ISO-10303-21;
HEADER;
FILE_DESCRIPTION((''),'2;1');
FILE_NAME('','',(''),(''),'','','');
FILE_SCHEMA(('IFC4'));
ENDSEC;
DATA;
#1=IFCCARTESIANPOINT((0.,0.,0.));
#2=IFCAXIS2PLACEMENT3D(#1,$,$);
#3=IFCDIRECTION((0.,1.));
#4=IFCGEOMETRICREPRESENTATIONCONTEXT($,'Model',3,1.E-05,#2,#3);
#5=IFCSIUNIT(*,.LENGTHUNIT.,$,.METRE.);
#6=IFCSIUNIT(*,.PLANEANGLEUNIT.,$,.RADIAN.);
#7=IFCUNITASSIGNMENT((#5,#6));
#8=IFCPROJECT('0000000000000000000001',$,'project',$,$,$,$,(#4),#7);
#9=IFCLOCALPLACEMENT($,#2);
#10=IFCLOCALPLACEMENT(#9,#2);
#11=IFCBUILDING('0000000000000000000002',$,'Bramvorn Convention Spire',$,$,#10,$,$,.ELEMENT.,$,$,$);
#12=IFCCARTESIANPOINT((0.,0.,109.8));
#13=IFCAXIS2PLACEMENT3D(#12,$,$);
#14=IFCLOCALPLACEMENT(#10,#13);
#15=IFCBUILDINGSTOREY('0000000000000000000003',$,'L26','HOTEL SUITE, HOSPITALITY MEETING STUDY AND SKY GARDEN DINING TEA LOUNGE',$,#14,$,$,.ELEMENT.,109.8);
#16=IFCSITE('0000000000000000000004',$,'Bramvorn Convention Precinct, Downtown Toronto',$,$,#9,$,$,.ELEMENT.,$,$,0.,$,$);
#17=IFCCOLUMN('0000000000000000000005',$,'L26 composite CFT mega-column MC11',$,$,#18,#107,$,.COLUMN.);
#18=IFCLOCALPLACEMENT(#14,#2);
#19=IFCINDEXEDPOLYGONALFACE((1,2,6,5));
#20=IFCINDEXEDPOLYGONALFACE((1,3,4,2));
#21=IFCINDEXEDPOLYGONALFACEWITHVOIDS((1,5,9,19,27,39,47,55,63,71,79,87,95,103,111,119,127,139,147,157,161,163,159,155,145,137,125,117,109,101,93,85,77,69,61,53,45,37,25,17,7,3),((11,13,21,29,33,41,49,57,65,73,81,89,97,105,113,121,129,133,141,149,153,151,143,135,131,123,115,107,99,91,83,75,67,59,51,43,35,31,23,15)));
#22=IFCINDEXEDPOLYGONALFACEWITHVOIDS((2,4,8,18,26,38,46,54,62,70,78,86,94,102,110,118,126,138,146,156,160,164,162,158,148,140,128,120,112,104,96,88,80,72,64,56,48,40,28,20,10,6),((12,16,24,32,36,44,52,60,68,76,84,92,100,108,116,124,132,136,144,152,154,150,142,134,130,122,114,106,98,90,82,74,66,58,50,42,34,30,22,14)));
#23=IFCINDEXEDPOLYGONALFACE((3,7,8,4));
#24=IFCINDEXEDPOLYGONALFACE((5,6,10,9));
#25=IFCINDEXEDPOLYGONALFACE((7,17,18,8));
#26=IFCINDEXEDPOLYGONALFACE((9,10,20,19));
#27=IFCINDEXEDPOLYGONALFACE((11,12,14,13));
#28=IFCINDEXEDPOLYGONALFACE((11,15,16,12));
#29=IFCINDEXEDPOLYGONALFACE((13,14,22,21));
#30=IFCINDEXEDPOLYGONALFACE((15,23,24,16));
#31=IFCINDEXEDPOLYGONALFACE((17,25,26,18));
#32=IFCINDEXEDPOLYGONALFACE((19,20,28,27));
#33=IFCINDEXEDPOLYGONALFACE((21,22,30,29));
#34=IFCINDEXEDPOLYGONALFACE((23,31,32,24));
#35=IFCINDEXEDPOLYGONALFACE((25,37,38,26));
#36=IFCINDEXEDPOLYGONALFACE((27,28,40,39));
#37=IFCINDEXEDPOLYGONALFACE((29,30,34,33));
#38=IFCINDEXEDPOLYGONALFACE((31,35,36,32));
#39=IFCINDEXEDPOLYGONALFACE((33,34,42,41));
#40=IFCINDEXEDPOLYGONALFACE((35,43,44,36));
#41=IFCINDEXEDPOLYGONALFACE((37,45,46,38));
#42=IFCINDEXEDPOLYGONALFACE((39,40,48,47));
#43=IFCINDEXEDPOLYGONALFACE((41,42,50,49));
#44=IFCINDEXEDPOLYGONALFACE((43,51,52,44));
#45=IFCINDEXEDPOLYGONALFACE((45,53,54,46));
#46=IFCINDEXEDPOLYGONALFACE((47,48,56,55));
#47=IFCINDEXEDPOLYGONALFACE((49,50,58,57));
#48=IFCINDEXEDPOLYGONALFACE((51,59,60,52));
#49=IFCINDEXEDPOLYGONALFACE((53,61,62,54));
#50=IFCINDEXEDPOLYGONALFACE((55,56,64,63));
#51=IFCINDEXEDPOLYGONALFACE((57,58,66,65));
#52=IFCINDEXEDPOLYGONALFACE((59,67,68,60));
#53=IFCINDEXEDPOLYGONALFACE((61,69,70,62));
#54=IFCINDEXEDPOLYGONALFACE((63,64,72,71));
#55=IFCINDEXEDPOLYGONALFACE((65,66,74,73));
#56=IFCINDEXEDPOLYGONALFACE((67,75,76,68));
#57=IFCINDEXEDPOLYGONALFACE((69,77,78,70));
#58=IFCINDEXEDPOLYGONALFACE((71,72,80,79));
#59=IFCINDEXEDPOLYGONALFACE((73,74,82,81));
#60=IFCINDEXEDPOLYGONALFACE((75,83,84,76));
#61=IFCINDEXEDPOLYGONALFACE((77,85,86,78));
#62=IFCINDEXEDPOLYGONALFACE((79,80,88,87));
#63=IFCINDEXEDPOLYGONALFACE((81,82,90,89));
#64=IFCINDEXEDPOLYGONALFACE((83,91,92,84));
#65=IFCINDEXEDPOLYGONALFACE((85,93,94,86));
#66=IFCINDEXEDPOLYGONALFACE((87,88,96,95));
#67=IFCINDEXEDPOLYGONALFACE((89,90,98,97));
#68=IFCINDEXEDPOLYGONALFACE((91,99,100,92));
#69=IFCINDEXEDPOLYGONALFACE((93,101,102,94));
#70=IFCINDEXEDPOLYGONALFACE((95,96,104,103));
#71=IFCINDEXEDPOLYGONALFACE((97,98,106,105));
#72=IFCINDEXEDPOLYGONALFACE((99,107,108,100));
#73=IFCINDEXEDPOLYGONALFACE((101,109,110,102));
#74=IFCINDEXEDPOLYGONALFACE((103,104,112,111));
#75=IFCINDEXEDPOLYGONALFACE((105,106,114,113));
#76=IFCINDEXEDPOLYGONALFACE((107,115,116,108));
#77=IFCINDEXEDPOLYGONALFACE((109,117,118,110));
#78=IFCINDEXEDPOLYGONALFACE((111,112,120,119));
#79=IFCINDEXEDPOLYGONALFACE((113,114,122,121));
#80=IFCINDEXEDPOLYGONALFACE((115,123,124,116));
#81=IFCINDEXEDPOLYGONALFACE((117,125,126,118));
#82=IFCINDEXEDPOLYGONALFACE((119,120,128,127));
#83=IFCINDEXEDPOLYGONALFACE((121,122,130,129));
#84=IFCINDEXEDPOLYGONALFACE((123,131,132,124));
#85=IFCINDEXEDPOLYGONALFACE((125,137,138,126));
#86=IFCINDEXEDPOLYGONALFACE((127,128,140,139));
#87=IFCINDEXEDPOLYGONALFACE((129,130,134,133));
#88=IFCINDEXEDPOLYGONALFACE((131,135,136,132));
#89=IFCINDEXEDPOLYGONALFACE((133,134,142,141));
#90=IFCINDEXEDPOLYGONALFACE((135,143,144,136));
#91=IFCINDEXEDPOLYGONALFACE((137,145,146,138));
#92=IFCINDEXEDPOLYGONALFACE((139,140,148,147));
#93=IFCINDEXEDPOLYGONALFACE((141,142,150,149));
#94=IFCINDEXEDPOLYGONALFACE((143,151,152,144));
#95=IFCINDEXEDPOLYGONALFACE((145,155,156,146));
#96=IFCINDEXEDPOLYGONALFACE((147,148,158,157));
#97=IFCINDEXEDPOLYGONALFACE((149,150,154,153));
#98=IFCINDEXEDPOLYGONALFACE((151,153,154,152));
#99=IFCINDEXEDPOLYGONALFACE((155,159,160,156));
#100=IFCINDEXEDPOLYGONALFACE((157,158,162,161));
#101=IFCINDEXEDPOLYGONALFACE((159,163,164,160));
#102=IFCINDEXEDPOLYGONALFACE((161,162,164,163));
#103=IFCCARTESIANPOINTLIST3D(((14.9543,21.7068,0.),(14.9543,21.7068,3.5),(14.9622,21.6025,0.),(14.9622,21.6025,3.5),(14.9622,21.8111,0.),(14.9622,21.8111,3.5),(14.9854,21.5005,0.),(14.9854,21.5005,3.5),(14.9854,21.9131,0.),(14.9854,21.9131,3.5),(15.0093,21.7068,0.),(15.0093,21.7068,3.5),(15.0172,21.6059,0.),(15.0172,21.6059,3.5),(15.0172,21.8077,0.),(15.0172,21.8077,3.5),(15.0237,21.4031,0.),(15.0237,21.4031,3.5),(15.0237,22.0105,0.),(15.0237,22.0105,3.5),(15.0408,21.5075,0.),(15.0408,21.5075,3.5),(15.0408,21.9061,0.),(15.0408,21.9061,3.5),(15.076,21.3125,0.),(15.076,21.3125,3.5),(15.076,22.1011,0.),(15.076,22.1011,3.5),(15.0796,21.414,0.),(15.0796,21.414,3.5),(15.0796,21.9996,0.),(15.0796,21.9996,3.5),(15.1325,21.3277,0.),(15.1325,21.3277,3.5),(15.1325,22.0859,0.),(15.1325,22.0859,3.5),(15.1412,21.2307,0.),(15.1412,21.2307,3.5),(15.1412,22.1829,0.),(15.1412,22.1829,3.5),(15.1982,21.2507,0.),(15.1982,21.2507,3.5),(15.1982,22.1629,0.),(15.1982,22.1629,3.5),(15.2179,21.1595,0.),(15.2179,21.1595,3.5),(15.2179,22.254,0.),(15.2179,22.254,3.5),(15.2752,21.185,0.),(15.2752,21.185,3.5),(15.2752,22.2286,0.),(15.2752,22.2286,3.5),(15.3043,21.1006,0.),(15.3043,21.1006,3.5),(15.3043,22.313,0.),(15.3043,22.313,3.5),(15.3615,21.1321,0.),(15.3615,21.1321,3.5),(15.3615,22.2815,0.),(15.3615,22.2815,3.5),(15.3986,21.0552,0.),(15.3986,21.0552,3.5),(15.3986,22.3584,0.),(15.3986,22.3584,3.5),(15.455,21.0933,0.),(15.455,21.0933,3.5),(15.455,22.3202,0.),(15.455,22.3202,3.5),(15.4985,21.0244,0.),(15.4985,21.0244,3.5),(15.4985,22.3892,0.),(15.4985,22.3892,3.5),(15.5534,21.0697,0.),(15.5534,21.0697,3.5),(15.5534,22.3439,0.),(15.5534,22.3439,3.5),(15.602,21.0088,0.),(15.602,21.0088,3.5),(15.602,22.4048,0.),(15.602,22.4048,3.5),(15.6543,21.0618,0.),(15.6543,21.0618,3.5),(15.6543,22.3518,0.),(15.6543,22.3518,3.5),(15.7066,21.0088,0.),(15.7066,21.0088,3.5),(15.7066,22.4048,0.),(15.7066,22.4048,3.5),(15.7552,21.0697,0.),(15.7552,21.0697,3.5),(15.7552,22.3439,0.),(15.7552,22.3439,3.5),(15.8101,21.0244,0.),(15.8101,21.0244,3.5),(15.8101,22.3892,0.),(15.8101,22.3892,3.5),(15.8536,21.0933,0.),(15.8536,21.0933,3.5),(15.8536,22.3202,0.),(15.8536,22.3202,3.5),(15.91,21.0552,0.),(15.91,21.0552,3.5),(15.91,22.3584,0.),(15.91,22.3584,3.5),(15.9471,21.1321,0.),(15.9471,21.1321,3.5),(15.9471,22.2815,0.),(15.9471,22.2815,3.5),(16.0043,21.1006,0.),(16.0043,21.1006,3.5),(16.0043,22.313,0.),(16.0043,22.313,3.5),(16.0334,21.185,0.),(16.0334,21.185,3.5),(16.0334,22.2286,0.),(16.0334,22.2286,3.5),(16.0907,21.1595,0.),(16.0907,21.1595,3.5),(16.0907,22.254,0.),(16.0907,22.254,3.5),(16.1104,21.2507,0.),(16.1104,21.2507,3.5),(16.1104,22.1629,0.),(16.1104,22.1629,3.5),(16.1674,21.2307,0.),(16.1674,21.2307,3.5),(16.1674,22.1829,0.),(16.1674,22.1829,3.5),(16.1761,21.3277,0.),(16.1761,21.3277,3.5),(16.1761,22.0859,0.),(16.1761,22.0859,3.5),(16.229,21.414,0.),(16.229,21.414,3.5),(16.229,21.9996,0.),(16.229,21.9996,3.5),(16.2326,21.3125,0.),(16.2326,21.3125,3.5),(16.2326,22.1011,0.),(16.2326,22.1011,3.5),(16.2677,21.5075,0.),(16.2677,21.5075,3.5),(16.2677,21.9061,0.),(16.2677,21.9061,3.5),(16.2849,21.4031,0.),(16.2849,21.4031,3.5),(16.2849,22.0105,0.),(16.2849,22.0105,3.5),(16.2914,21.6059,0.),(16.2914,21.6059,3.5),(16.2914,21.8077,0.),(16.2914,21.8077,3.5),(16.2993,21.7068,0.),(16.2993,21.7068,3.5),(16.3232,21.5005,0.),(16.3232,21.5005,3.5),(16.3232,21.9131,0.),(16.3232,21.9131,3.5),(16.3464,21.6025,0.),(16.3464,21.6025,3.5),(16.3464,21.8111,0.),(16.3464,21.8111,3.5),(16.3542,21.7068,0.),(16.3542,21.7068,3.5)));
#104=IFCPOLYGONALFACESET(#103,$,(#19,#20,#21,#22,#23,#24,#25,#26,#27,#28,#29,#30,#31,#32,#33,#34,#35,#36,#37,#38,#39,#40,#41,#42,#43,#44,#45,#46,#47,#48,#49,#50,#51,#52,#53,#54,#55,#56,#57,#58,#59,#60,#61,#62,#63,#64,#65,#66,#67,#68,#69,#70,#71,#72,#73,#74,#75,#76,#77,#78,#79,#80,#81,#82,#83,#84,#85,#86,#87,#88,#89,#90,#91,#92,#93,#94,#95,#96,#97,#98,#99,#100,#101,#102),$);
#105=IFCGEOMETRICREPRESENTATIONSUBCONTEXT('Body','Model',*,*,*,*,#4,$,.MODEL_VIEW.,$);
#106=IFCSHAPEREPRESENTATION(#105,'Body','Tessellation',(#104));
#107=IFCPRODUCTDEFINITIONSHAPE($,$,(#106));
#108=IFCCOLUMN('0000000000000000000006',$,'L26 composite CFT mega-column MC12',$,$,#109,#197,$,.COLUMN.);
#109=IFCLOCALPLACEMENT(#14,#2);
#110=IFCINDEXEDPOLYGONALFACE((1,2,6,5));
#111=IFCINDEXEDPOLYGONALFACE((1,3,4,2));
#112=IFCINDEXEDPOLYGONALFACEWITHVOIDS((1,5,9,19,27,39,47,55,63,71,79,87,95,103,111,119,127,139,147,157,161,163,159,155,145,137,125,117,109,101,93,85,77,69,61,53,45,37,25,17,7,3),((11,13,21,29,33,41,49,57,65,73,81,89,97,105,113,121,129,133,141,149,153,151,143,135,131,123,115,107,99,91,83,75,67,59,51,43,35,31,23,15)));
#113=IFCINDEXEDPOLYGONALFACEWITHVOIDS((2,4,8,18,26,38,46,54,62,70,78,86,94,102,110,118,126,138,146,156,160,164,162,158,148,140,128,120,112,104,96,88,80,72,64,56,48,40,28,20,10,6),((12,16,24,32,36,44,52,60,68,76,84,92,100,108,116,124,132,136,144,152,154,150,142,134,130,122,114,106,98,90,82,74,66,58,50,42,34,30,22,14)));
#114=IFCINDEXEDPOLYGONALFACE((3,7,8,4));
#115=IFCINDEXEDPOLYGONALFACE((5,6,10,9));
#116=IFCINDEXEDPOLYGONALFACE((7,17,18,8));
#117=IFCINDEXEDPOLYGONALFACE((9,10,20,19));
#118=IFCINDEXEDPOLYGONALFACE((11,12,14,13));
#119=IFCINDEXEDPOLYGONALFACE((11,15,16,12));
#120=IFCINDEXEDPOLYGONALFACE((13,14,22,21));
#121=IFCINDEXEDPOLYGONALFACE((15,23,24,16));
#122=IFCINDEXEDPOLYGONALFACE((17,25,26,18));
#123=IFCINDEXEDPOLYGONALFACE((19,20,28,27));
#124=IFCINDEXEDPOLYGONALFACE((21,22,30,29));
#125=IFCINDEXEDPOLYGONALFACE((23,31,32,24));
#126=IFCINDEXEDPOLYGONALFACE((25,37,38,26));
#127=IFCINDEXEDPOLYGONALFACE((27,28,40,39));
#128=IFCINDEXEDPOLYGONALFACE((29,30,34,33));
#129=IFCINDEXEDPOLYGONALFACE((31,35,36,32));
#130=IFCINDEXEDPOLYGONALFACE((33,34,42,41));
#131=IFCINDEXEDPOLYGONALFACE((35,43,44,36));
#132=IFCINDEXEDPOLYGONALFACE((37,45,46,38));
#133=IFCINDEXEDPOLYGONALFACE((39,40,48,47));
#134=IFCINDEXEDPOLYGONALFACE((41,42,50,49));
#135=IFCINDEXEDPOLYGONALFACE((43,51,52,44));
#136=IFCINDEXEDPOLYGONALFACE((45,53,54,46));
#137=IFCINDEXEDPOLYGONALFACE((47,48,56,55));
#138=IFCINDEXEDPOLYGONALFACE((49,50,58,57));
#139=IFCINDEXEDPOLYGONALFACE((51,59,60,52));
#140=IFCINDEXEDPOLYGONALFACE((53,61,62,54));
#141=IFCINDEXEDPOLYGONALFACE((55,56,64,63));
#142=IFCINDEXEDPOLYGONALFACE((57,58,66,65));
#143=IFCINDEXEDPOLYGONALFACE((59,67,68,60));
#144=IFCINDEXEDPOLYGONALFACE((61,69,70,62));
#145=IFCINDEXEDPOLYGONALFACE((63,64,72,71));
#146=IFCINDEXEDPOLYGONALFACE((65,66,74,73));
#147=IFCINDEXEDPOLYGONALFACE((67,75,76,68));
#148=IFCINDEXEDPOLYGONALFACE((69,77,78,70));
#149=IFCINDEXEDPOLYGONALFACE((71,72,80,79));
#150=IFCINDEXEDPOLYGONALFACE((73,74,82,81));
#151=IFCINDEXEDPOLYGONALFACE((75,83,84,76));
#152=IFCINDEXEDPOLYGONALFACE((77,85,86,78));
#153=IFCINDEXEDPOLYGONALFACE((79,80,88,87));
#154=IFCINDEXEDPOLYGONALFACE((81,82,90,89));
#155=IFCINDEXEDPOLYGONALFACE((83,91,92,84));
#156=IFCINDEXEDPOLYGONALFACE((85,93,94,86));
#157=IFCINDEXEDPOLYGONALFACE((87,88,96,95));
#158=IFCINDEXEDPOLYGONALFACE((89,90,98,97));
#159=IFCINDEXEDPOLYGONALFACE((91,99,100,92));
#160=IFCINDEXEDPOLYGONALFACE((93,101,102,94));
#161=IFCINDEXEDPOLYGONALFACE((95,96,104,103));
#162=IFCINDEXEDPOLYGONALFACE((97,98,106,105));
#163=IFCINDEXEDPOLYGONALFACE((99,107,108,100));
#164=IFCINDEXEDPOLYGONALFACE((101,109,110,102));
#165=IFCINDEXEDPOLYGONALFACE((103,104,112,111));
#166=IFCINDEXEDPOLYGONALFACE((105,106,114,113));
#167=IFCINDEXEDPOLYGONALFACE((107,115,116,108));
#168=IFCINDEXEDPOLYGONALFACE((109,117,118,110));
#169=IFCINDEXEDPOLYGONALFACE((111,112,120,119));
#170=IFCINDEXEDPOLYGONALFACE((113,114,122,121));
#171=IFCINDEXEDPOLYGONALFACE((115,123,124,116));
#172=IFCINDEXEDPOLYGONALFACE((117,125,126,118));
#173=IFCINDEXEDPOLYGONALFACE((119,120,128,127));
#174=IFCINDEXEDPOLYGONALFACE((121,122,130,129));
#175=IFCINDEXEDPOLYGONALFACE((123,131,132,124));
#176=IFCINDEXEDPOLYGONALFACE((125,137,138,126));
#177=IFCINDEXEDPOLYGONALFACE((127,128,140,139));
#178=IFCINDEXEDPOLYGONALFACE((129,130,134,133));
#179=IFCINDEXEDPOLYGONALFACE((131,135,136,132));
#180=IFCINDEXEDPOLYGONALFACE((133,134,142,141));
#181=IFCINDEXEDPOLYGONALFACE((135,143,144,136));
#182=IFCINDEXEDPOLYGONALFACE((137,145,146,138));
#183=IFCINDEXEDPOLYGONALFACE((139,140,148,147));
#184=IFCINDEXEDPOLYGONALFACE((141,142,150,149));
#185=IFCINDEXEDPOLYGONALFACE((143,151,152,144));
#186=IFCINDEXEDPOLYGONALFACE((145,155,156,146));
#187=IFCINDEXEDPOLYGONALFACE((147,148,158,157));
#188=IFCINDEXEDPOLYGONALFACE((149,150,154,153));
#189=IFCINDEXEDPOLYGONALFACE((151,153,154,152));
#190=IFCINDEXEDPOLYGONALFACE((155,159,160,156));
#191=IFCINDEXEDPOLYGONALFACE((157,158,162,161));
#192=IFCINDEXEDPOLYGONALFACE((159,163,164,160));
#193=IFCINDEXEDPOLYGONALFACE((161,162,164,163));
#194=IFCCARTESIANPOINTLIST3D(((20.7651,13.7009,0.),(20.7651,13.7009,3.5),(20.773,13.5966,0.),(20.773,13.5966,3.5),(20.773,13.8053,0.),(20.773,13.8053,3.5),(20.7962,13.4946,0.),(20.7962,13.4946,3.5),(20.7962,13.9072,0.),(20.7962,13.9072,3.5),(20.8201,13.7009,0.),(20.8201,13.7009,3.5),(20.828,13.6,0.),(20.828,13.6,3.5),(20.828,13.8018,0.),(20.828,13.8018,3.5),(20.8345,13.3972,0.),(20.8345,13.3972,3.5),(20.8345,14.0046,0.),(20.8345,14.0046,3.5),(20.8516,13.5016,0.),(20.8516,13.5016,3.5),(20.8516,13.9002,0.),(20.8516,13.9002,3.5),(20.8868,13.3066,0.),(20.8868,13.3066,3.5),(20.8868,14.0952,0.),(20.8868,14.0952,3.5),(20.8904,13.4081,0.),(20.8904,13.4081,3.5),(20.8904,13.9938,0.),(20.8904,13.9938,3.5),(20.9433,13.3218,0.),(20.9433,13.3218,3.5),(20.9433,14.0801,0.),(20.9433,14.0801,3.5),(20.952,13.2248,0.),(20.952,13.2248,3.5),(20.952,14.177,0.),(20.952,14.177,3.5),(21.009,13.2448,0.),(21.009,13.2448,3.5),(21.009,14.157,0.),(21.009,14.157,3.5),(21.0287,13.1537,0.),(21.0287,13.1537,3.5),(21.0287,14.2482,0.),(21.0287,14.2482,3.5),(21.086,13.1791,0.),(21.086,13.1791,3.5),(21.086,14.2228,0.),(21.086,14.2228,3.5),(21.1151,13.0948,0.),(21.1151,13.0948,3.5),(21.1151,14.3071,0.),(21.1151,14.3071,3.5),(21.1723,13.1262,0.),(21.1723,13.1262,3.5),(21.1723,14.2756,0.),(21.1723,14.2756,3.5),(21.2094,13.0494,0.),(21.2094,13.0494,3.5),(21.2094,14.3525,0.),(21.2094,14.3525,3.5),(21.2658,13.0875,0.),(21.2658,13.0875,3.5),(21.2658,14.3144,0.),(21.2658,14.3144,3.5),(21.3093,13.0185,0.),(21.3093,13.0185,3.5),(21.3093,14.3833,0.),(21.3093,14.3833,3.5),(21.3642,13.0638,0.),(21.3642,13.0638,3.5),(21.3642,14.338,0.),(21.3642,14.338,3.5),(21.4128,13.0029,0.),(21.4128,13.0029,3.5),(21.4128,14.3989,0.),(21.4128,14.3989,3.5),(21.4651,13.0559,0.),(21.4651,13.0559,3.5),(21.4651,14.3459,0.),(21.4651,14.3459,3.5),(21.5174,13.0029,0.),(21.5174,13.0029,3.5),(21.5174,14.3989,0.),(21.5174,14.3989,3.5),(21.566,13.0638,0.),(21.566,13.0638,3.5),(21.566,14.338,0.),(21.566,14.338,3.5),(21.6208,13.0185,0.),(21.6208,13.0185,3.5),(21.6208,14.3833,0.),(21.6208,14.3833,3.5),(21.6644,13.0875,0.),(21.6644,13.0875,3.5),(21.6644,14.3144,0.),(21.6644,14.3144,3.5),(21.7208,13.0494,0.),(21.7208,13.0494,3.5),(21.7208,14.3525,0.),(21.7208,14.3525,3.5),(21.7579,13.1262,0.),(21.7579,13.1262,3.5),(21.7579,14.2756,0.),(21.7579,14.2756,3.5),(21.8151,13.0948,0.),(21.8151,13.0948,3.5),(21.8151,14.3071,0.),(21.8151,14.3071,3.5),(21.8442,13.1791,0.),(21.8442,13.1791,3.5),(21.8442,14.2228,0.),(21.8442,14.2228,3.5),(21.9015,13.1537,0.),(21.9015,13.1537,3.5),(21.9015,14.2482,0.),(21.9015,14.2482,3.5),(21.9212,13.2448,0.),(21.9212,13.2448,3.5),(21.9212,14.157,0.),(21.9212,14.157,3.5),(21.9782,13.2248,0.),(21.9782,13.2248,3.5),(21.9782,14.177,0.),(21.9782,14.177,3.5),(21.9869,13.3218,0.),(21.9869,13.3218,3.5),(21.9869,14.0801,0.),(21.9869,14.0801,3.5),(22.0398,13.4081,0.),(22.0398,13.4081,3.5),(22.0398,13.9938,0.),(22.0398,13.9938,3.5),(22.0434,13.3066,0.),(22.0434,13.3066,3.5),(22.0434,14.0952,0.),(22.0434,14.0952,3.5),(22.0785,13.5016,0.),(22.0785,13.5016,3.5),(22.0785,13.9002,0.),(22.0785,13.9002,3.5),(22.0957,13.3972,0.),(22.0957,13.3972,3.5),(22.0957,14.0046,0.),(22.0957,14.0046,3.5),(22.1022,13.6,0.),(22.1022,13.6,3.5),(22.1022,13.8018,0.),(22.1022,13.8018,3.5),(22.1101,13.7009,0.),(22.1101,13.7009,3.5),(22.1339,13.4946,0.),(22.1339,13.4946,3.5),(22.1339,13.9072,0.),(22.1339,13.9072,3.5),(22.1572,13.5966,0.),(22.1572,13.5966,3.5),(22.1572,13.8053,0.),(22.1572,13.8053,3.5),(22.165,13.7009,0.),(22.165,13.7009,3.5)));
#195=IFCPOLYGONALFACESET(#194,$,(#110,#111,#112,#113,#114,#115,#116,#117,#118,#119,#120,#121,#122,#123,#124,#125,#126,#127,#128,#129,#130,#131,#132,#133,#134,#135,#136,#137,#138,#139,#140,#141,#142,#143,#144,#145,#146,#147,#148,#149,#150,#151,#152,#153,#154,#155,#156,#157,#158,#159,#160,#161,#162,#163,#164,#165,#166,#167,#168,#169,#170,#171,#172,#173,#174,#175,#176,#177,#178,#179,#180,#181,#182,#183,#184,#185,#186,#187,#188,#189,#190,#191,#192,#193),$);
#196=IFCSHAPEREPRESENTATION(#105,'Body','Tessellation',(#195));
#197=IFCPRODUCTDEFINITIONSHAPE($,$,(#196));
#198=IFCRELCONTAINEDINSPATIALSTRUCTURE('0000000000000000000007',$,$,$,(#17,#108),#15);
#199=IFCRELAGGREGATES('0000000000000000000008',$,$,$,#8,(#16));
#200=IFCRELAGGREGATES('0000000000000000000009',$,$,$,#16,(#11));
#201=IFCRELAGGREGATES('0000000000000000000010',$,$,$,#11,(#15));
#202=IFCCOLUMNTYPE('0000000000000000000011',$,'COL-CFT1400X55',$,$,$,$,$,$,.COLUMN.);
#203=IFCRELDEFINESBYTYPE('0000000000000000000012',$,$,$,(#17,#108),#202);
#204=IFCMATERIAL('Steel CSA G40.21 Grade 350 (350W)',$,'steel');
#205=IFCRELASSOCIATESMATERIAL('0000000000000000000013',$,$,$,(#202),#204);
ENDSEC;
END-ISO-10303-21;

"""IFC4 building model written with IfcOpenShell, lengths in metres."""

from ifc_helpers import new_model, si_unit, direction, frame, origin, origin_2d, place, context, subcontext, project, spatial, hollow_circle, extrude, material, material_profile, profile_set, type_object, element, save


model = new_model("IFC4")

# Units and contexts
model_context = context("Model", 3, precision=1e-05, world=origin(), true_north=direction((0.0, 1.0)))
body_context = subcontext(model_context, "Body", "Model", "MODEL_VIEW")
ifc_project = project(units=[si_unit("LENGTHUNIT", "METRE"), si_unit("PLANEANGLEUNIT", "RADIAN")], contexts=[model_context])

# Site, building, storey
site_placement = place(None, origin())
site = spatial("IfcSite", under=ifc_project, at=site_placement, Name="Bramvorn Convention Precinct, Downtown Toronto", CompositionType="ELEMENT", RefElevation=0.0)
building_placement = place(site_placement, origin())
building = spatial("IfcBuilding", under=site, at=building_placement, Name="Bramvorn Convention Spire", CompositionType="ELEMENT")
storey_placement = place(building_placement, frame((0.0, 0.0, 109.8)))
storey = spatial("IfcBuildingStorey", under=building, at=storey_placement, Name="L26", Description="HOTEL SUITE, HOSPITALITY MEETING STUDY AND SKY GARDEN DINING TEA LOUNGE", CompositionType="ELEMENT", Elevation=109.8)

# Columns
ifc_material_1 = material(Name="Steel CSA G40.21 Grade 350 (350W)", Category="steel")
ifc_material_profile_1 = material_profile(ifc_material_1, hollow_circle(Radius=0.7, WallThickness=0.0549, at=origin_2d()))
ifc_profile_set_1 = profile_set([ifc_material_profile_1], Name="Steel CSA G40.21 Grade 350 (350W) - CFT1400X55")
column_type = type_object("IfcColumnType", Name="COL-CFT1400X55", PredefinedType="COLUMN", material=ifc_profile_set_1)
for number, where, z_axis, x_axis, name in (
    (1, (15.6543, 21.7068, 0.0), (0.0, 0.0, 1.0), (1.0, 0.0, 0.0), "L26 composite CFT mega-column MC11"),
    (2, (21.4651, 13.7009, 0.0), (0.0, 0.0, 1.0), (1.0, 0.0, 0.0), "L26 composite CFT mega-column MC12"),
):
    element("IfcColumn", number, at=place(storey_placement, frame(where, z_axis=z_axis, x_axis=x_axis)), inside=storey, type_object=column_type, Name=name, PredefinedType="COLUMN", context=body_context, shape_type="SweptSolid", body=[
        extrude(hollow_circle(Radius=0.7, WallThickness=0.0549, at=origin_2d()), origin(), (0.0, 0.0, 1.0), 3.5),
    ])

save(model, "model.ifc")
